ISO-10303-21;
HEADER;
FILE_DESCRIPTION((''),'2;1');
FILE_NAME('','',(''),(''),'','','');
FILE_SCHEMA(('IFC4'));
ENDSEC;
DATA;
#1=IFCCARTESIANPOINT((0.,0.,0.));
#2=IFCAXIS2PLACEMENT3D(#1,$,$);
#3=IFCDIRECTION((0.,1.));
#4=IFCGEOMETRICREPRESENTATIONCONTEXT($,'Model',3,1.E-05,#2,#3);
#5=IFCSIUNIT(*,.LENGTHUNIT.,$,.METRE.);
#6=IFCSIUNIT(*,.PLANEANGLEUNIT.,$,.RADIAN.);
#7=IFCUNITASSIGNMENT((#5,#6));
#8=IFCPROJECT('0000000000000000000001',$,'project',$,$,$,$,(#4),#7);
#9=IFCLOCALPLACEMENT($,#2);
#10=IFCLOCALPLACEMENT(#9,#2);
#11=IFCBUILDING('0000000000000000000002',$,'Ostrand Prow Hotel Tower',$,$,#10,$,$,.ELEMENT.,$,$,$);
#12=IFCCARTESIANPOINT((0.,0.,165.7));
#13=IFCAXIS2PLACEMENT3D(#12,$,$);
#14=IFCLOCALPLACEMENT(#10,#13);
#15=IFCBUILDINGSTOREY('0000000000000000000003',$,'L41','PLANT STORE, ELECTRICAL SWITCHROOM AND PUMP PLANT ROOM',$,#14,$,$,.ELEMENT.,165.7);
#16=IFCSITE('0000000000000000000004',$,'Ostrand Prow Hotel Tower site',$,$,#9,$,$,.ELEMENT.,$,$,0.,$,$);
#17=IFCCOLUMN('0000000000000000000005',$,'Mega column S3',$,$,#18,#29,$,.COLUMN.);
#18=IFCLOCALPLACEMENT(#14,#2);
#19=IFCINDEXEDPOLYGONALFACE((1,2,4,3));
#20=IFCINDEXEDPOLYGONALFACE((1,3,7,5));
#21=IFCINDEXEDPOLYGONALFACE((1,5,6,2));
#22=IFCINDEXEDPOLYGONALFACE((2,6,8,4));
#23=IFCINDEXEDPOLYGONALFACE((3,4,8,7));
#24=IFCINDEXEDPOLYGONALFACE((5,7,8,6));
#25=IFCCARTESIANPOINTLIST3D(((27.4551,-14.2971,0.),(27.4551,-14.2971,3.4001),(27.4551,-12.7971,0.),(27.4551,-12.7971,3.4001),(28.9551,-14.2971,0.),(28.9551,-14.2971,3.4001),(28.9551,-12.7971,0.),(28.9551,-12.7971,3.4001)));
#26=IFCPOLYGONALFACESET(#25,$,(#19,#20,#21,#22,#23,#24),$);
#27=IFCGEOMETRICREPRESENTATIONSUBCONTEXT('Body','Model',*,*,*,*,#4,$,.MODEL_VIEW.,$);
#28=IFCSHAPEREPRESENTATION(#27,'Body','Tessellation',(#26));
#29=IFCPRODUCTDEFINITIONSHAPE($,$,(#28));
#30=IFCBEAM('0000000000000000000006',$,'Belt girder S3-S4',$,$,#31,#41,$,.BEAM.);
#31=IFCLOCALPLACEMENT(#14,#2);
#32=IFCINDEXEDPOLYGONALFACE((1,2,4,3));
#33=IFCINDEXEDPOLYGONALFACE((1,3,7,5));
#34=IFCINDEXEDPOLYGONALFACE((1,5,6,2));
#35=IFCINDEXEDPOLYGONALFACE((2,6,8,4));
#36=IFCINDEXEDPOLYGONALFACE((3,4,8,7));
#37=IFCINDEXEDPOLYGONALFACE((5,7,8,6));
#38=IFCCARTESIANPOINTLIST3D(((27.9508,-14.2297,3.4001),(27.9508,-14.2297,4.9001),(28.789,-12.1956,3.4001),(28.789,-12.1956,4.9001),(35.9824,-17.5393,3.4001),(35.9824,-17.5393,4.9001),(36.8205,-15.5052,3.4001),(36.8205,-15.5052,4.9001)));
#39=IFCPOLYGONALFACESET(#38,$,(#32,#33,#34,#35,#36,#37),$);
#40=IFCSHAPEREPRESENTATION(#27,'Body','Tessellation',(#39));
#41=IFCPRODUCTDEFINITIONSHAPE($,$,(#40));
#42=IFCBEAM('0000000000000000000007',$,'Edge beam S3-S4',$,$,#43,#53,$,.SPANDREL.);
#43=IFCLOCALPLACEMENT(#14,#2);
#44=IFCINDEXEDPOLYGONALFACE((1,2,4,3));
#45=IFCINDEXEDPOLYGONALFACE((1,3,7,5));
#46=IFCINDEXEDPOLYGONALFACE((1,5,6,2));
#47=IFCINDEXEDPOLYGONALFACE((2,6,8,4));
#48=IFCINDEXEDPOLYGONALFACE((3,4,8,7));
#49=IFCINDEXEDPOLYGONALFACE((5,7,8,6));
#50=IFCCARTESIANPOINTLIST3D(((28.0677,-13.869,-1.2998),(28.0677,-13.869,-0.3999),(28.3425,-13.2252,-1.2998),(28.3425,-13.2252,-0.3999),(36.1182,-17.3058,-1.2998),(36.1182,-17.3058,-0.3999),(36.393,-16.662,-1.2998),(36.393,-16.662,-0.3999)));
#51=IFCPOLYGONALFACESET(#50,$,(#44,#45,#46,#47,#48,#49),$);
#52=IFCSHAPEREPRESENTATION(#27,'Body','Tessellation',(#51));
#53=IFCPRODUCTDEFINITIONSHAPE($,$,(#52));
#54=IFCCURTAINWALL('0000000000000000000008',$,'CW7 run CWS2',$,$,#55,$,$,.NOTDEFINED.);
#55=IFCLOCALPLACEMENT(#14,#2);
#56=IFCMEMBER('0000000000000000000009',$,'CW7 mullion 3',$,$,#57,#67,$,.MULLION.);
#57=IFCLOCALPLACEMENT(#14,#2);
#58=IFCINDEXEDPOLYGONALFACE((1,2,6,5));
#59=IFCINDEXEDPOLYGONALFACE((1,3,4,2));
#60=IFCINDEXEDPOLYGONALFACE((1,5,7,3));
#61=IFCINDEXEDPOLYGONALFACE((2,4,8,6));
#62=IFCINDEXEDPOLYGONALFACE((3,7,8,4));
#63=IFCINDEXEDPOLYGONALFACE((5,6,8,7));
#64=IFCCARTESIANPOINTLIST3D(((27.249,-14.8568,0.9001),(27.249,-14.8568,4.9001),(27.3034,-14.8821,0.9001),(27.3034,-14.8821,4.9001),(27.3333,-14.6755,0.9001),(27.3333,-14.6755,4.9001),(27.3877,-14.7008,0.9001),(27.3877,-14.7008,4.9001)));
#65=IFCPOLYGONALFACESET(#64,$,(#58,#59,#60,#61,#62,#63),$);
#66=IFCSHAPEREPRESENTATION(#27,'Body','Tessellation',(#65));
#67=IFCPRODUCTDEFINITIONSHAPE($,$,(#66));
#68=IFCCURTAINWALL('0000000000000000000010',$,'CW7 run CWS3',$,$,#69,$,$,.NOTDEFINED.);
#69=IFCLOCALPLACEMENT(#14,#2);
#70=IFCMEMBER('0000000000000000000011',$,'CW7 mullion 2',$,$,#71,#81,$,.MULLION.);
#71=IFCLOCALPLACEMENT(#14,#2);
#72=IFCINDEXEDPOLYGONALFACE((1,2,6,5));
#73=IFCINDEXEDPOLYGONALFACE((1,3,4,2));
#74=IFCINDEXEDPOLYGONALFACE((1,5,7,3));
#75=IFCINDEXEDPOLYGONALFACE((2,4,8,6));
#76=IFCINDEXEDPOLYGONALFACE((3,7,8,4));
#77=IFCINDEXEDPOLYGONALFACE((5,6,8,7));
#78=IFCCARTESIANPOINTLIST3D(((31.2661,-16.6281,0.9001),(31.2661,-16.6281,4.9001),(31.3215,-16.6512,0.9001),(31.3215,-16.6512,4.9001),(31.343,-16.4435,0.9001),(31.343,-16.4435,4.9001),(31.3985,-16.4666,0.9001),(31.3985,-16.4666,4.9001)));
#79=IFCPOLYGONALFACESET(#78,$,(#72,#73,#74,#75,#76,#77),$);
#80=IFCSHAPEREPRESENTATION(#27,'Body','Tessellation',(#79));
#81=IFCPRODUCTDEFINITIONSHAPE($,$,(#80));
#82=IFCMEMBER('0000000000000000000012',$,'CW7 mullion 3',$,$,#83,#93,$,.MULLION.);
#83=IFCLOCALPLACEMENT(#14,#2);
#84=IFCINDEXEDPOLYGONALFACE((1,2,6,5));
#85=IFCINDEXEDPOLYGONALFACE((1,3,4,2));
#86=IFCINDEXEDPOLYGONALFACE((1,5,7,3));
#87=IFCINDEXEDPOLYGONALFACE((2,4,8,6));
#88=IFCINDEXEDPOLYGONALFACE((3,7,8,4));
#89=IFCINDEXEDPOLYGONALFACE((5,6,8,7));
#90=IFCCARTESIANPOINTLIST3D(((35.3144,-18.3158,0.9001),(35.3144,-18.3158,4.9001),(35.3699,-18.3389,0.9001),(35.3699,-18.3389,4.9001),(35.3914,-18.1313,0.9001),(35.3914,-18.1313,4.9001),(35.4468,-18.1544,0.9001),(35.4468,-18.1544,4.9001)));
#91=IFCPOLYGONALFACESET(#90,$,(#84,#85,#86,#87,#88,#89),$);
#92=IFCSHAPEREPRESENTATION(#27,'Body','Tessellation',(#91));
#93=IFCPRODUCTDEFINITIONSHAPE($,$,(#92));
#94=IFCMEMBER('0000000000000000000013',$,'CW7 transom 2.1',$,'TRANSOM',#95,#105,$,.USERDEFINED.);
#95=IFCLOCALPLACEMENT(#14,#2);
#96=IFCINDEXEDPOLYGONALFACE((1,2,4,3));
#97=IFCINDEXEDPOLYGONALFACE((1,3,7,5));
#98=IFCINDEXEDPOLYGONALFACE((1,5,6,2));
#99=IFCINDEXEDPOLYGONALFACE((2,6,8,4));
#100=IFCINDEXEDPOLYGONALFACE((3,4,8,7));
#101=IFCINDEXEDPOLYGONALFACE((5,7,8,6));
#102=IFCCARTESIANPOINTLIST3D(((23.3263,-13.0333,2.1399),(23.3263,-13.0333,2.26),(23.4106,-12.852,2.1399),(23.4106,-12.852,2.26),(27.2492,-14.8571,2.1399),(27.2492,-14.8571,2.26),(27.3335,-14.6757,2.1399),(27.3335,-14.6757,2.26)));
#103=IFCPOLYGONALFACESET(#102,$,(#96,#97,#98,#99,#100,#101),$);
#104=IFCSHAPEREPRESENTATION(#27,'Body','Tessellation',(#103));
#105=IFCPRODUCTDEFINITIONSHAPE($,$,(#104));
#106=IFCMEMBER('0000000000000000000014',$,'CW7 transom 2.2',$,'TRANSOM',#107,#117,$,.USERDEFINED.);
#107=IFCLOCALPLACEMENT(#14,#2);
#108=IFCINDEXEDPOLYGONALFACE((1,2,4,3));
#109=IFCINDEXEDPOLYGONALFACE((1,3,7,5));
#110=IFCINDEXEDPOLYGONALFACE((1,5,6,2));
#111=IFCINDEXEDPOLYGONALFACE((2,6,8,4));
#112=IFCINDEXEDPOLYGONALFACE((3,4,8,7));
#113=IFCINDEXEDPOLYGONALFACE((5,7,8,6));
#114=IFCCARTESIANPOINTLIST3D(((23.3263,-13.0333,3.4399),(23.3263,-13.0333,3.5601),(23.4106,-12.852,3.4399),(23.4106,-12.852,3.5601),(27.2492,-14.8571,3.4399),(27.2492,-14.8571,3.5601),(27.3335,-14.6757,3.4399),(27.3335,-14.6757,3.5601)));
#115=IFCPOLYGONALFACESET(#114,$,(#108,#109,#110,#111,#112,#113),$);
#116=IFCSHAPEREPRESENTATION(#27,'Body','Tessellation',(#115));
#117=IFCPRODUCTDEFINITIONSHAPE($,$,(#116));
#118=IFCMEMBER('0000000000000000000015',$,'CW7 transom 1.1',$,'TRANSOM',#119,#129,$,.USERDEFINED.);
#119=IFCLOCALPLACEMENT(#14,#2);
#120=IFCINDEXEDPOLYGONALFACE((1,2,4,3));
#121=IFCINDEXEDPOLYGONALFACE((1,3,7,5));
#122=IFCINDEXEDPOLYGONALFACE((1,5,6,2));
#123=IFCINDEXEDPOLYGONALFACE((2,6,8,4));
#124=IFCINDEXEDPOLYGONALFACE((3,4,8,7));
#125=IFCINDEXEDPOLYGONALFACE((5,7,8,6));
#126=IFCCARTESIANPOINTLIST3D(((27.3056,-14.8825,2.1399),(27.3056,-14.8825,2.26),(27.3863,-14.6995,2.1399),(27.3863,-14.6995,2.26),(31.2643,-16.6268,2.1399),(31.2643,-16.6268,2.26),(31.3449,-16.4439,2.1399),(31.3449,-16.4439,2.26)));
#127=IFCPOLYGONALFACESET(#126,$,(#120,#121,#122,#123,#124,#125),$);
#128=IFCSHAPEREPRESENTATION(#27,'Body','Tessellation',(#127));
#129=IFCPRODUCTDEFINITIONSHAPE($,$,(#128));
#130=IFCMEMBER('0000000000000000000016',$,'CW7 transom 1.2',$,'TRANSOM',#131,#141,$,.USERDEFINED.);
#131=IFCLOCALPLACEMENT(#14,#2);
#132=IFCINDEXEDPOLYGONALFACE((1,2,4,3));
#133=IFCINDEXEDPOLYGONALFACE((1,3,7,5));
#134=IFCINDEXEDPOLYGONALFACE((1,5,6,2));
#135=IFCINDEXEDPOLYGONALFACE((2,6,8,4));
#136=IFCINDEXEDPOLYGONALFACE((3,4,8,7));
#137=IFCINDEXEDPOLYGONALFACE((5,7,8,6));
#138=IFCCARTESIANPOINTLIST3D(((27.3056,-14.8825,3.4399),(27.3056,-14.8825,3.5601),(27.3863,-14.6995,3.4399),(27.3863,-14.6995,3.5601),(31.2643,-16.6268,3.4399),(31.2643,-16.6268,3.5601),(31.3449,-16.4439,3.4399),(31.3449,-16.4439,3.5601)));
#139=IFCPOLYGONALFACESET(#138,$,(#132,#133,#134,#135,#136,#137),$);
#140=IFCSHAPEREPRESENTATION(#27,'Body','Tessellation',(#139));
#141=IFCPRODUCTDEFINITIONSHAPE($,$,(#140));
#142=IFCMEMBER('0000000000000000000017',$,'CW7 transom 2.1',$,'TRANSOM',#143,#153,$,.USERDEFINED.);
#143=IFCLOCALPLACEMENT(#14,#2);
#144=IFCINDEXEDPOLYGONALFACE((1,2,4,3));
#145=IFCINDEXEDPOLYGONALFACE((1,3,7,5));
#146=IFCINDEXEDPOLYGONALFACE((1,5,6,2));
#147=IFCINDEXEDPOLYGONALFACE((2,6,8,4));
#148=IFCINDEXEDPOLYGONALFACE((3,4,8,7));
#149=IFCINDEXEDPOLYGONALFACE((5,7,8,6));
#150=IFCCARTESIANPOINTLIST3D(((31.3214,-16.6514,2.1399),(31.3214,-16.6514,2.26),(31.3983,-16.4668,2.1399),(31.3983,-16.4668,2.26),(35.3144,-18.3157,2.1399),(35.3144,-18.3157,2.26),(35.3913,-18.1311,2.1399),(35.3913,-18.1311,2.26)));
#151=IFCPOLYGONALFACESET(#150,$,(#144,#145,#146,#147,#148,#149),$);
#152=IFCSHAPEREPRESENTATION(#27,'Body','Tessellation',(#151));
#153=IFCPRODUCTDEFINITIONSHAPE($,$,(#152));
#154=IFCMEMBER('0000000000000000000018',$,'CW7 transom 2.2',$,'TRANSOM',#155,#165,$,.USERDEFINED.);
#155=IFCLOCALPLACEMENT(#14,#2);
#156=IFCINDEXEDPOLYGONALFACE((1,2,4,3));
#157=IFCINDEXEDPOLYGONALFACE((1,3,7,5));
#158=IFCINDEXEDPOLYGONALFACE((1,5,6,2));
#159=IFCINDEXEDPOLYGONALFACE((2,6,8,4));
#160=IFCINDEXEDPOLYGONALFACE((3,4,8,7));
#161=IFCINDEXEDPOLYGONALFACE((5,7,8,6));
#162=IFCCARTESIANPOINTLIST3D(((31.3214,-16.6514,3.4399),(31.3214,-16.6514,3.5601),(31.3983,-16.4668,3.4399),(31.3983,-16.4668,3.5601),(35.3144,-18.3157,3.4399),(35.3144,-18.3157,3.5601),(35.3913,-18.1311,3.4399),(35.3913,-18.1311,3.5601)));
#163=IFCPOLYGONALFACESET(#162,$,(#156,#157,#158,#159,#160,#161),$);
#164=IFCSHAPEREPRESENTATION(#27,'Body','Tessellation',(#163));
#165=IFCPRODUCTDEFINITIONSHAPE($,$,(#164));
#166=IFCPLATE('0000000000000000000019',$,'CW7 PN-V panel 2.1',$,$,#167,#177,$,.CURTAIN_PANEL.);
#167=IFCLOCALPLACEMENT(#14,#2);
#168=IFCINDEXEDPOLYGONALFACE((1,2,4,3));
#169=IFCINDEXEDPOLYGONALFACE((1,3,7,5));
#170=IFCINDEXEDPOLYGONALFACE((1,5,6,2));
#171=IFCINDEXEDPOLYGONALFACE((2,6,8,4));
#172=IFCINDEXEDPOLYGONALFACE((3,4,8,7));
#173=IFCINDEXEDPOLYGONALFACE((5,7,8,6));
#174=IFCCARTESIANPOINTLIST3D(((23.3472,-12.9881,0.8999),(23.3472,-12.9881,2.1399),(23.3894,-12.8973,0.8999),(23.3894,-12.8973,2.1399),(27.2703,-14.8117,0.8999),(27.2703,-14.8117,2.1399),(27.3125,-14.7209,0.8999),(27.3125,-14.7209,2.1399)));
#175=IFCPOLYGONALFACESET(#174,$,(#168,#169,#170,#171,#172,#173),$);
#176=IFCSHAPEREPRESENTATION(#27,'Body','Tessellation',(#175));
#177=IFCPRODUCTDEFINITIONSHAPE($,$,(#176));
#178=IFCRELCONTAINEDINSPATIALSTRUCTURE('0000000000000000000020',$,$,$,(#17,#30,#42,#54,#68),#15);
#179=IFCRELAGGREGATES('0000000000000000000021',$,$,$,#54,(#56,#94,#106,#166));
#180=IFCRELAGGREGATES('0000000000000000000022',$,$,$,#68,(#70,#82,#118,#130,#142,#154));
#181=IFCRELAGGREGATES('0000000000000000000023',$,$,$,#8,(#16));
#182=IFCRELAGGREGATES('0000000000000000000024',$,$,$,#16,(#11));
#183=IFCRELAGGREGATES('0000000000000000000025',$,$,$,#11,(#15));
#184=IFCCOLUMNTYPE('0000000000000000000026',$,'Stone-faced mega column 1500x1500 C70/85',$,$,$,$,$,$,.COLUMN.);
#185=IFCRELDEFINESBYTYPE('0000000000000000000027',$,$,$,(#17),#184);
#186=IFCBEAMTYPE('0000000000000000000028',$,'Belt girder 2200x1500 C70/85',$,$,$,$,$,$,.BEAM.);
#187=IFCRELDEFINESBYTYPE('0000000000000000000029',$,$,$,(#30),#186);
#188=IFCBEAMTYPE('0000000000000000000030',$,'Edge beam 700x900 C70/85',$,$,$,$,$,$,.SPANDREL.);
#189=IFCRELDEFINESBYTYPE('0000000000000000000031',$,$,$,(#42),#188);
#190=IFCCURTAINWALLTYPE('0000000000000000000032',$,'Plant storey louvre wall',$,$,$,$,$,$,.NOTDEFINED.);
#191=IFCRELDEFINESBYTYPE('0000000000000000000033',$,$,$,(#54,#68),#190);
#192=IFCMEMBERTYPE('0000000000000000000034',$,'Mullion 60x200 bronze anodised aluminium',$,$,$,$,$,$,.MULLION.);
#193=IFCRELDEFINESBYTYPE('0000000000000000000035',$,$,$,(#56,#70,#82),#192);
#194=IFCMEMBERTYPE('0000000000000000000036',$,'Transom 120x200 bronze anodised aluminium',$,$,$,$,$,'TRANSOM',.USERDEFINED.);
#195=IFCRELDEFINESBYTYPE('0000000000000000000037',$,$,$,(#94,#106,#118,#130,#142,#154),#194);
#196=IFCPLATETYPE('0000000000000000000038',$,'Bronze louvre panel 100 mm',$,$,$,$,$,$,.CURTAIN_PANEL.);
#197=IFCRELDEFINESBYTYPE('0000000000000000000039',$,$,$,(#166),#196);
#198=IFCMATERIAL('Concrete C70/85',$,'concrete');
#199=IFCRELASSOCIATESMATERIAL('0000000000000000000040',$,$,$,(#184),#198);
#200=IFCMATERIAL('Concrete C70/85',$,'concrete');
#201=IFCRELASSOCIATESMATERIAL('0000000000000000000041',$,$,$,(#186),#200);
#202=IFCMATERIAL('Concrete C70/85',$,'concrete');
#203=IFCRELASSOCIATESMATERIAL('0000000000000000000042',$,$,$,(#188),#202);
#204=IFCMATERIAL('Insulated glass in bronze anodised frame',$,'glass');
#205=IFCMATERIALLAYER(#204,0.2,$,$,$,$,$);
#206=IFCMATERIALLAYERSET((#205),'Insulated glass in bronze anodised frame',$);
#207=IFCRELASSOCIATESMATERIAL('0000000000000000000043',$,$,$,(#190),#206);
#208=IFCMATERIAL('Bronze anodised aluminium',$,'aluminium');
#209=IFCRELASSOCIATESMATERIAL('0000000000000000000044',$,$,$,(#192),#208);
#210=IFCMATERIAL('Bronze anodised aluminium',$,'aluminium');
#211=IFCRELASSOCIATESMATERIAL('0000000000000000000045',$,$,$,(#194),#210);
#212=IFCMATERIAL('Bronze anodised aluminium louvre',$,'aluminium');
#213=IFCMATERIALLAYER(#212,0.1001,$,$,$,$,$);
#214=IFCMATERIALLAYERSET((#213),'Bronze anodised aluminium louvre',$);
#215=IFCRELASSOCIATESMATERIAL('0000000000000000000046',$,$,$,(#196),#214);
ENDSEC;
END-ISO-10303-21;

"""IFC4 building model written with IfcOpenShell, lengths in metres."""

from ifc_helpers import new_model, si_unit, direction, frame, origin, origin_2d, place, context, subcontext, project, spatial, rectangle, extrude, material, layer, layer_set, material_profile, profile_set, type_object, element, aggregate, save


model = new_model("IFC4")

# Units and contexts
model_context = context("Model", 3, precision=1e-05, world=origin(), true_north=direction((0.0, 1.0)))
body_context = subcontext(model_context, "Body", "Model", "MODEL_VIEW")
ifc_project = project(units=[si_unit("LENGTHUNIT", "METRE"), si_unit("PLANEANGLEUNIT", "RADIAN")], contexts=[model_context])

# Site, building, storey
site_placement = place(None, origin())
site = spatial("IfcSite", under=ifc_project, at=site_placement, Name="Ostrand Prow Hotel Tower site", CompositionType="ELEMENT", RefElevation=0.0)
building_placement = place(site_placement, origin())
building = spatial("IfcBuilding", under=site, at=building_placement, Name="Ostrand Prow Hotel Tower", CompositionType="ELEMENT")
storey_placement = place(building_placement, frame((0.0, 0.0, 165.7)))
storey = spatial("IfcBuildingStorey", under=building, at=storey_placement, Name="L41", Description="PLANT STORE, ELECTRICAL SWITCHROOM AND PUMP PLANT ROOM", CompositionType="ELEMENT", Elevation=165.7)

# Column
ifc_material_1 = material(Name="Concrete C70/85", Category="concrete")
ifc_material_profile_1 = material_profile(ifc_material_1, rectangle(XDim=1.5, YDim=1.5, at=origin_2d()), Name="RC 1500x1500")
ifc_profile_set_1 = profile_set([ifc_material_profile_1], Name="Concrete C70/85")
column_type = type_object("IfcColumnType", Name="Stone-faced mega column 1500x1500 C70/85", PredefinedType="COLUMN", material=ifc_profile_set_1)
column_placement = place(storey_placement, frame((28.2051, -13.5471, 0.0), z_axis=(0.0, 0.0, 1.0), x_axis=(1.0, 0.0, 0.0)))
element("IfcColumn", 1, at=column_placement, inside=storey, type_object=column_type, Name="Mega column S3", PredefinedType="COLUMN", context=body_context, shape_type="SweptSolid", body=[
    extrude(rectangle(XDim=1.5, YDim=1.5, at=origin_2d()), origin(), (0.0, 0.0, 1.0), 3.4001),
])

# Beams
ifc_material_2 = material(Name="Concrete C70/85", Category="concrete")
ifc_material_profile_2 = material_profile(ifc_material_2, rectangle(XDim=2.2, YDim=1.5, at=origin_2d()), Name="RC 2200x1500")
ifc_profile_set_2 = profile_set([ifc_material_profile_2], Name="Concrete C70/85")
beam_type_1 = type_object("IfcBeamType", Name="Belt girder 2200x1500 C70/85", PredefinedType="BEAM", material=ifc_profile_set_2)
beam_1_placement = place(storey_placement, frame((28.3699, -13.2126, 4.1501), z_axis=(0.924577, -0.380994, 0.0), x_axis=(0.380994, 0.924577, 0.0)))
element("IfcBeam", 2, at=beam_1_placement, inside=storey, type_object=beam_type_1, Name="Belt girder S3-S4", PredefinedType="BEAM", context=body_context, shape_type="SweptSolid", body=[
    extrude(rectangle(XDim=2.2, YDim=1.5, at=origin_2d()), origin(), (0.0, 0.0, 1.0), 8.6868),
])
ifc_material_3 = material(Name="Concrete C70/85", Category="concrete")
ifc_material_profile_3 = material_profile(ifc_material_3, rectangle(XDim=0.7, YDim=0.8999, at=origin_2d()), Name="RC 700x900")
ifc_profile_set_3 = profile_set([ifc_material_profile_3], Name="Concrete C70/85")
beam_type_2 = type_object("IfcBeamType", Name="Edge beam 700x900 C70/85", PredefinedType="SPANDREL", material=ifc_profile_set_3)
beam_2_placement = place(storey_placement, frame((28.2051, -13.5471, -0.8499), z_axis=(0.919701, -0.39262, 0.0), x_axis=(0.39262, 0.919701, 0.0)))
element("IfcBeam", 3, at=beam_2_placement, inside=storey, type_object=beam_type_2, Name="Edge beam S3-S4", PredefinedType="SPANDREL", context=body_context, shape_type="SweptSolid", body=[
    extrude(rectangle(XDim=0.7, YDim=0.8999, at=origin_2d()), origin(), (0.0, 0.0, 1.0), 8.7534),
])

# Curtain wall, member
ifc_material_4 = material(Name="Insulated glass in bronze anodised frame", Category="glass")
ifc_layer_1 = layer(ifc_material_4, 0.2)
ifc_layer_set_1 = layer_set([ifc_layer_1], Name="Insulated glass in bronze anodised frame")
curtain_wall_type = type_object("IfcCurtainWallType", Name="Plant storey louvre wall", PredefinedType="NOTDEFINED", material=ifc_layer_set_1)
curtain_wall_1_placement = place(storey_placement, origin())
curtain_wall_1 = element("IfcCurtainWall", 4, at=curtain_wall_1_placement, inside=storey, type_object=curtain_wall_type, Name="CW7 run CWS2", PredefinedType="NOTDEFINED")
ifc_material_5 = material(Name="Bronze anodised aluminium", Category="aluminium")
ifc_material_profile_4 = material_profile(ifc_material_5, rectangle(XDim=0.2, YDim=0.0601, at=origin_2d()), Name="Mullion 60x200 bronze anodised aluminium")
ifc_profile_set_4 = profile_set([ifc_material_profile_4], Name="Bronze anodised aluminium")
member_type_1 = type_object("IfcMemberType", Name="Mullion 60x200 bronze anodised aluminium", PredefinedType="MULLION", material=ifc_profile_set_4)
member_1_placement = place(storey_placement, frame((27.3184, -14.7788, 0.9001), z_axis=(0.0, 0.0, 1.0), x_axis=(0.421522, 0.906818, 0.0)))
member_1 = element("IfcMember", 5, at=member_1_placement, type_object=member_type_1, Name="CW7 mullion 3", PredefinedType="MULLION", context=body_context, shape_type="SweptSolid", body=[
    extrude(rectangle(XDim=0.2, YDim=0.0601, at=origin_2d()), origin(), (0.0, 0.0, 1.0), 4.0),
])

# Curtain wall, members
curtain_wall_2_placement = place(storey_placement, origin())
curtain_wall_2 = element("IfcCurtainWall", 6, at=curtain_wall_2_placement, inside=storey, type_object=curtain_wall_type, Name="CW7 run CWS3", PredefinedType="NOTDEFINED")
member_2_placement = place(storey_placement, frame((31.3323, -16.5474, 0.9001), z_axis=(0.0, 0.0, 1.0), x_axis=(0.384743, 0.923024, 0.0)))
member_2 = element("IfcMember", 7, at=member_2_placement, type_object=member_type_1, Name="CW7 mullion 2", PredefinedType="MULLION", context=body_context, shape_type="SweptSolid", body=[
    extrude(rectangle(XDim=0.2, YDim=0.0601, at=origin_2d()), origin(), (0.0, 0.0, 1.0), 4.0),
])
member_3_placement = place(storey_placement, frame((35.3806, -18.2351, 0.9001), z_axis=(0.0, 0.0, 1.0), x_axis=(0.384743, 0.923024, 0.0)))
member_3 = element("IfcMember", 8, at=member_3_placement, type_object=member_type_1, Name="CW7 mullion 3", PredefinedType="MULLION", context=body_context, shape_type="SweptSolid", body=[
    extrude(rectangle(XDim=0.2, YDim=0.0601, at=origin_2d()), origin(), (0.0, 0.0, 1.0), 4.0),
])

# Members
ifc_material_6 = material(Name="Bronze anodised aluminium", Category="aluminium")
ifc_material_profile_5 = material_profile(ifc_material_6, rectangle(XDim=0.2, YDim=0.1201, at=origin_2d()), Name="Transom 120x200 bronze anodised aluminium")
ifc_profile_set_5 = profile_set([ifc_material_profile_5], Name="Bronze anodised aluminium")
member_type_2 = type_object("IfcMemberType", Name="Transom 120x200 bronze anodised aluminium", ElementType="TRANSOM", PredefinedType="USERDEFINED", material=ifc_profile_set_5)
member_4_placement = place(storey_placement, frame((23.3684, -12.9426, 2.2), z_axis=(0.906796, -0.421569, 0.0), x_axis=(0.421569, 0.906796, 0.0)))
member_4 = element("IfcMember", 9, at=member_4_placement, type_object=member_type_2, Name="CW7 transom 2.1", ObjectType="TRANSOM", PredefinedType="USERDEFINED", context=body_context, shape_type="SweptSolid", body=[
    extrude(rectangle(XDim=0.2, YDim=0.1201, at=origin_2d()), origin(), (0.0, 0.0, 1.0), 4.3262),
])
member_5_placement = place(storey_placement, frame((23.3684, -12.9426, 3.5), z_axis=(0.906796, -0.421569, 0.0), x_axis=(0.421569, 0.906796, 0.0)))
member_5 = element("IfcMember", 10, at=member_5_placement, type_object=member_type_2, Name="CW7 transom 2.2", ObjectType="TRANSOM", PredefinedType="USERDEFINED", context=body_context, shape_type="SweptSolid", body=[
    extrude(rectangle(XDim=0.2, YDim=0.1201, at=origin_2d()), origin(), (0.0, 0.0, 1.0), 4.3262),
])
member_6_placement = place(storey_placement, frame((27.3459, -14.791, 2.2), z_axis=(0.915099, -0.40323, 0.0), x_axis=(0.40323, 0.915099, 0.0)))
member_6 = element("IfcMember", 11, at=member_6_placement, type_object=member_type_2, Name="CW7 transom 1.1", ObjectType="TRANSOM", PredefinedType="USERDEFINED", context=body_context, shape_type="SweptSolid", body=[
    extrude(rectangle(XDim=0.2, YDim=0.1201, at=origin_2d()), origin(), (0.0, 0.0, 1.0), 4.3259),
])
member_7_placement = place(storey_placement, frame((27.3459, -14.791, 3.5), z_axis=(0.915099, -0.40323, 0.0), x_axis=(0.40323, 0.915099, 0.0)))
member_7 = element("IfcMember", 12, at=member_7_placement, type_object=member_type_2, Name="CW7 transom 1.2", ObjectType="TRANSOM", PredefinedType="USERDEFINED", context=body_context, shape_type="SweptSolid", body=[
    extrude(rectangle(XDim=0.2, YDim=0.1201, at=origin_2d()), origin(), (0.0, 0.0, 1.0), 4.3259),
])
member_8_placement = place(storey_placement, frame((31.3599, -16.5591, 2.2), z_axis=(0.923028, -0.384732, 0.0), x_axis=(0.384732, 0.923028, 0.0)))
member_8 = element("IfcMember", 13, at=member_8_placement, type_object=member_type_2, Name="CW7 transom 2.1", ObjectType="TRANSOM", PredefinedType="USERDEFINED", context=body_context, shape_type="SweptSolid", body=[
    extrude(rectangle(XDim=0.2, YDim=0.1201, at=origin_2d()), origin(), (0.0, 0.0, 1.0), 4.3259),
])
member_9_placement = place(storey_placement, frame((31.3599, -16.5591, 3.5), z_axis=(0.923028, -0.384732, 0.0), x_axis=(0.384732, 0.923028, 0.0)))
member_9 = element("IfcMember", 14, at=member_9_placement, type_object=member_type_2, Name="CW7 transom 2.2", ObjectType="TRANSOM", PredefinedType="USERDEFINED", context=body_context, shape_type="SweptSolid", body=[
    extrude(rectangle(XDim=0.2, YDim=0.1201, at=origin_2d()), origin(), (0.0, 0.0, 1.0), 4.3259),
])

# Plate
ifc_material_7 = material(Name="Bronze anodised aluminium louvre", Category="aluminium")
ifc_layer_2 = layer(ifc_material_7, 0.1001)
ifc_layer_set_2 = layer_set([ifc_layer_2], Name="Bronze anodised aluminium louvre")
plate_type = type_object("IfcPlateType", Name="Bronze louvre panel 100 mm", PredefinedType="CURTAIN_PANEL", material=ifc_layer_set_2)
plate_1_placement = place(storey_placement, frame((25.3298, -13.8545, 0.8999), z_axis=(0.0, 0.0, 1.0), x_axis=(0.906818, -0.421522, 0.0)))
plate_1 = element("IfcPlate", 15, at=plate_1_placement, type_object=plate_type, Name="CW7 PN-V panel 2.1", PredefinedType="CURTAIN_PANEL", context=body_context, shape_type="SweptSolid", body=[
    extrude(rectangle(XDim=4.3262, YDim=0.1001, at=origin_2d()), origin(), (0.0, 0.0, 1.0), 1.24),
])
aggregate(curtain_wall_1, [member_1, member_4, member_5, plate_1])
aggregate(curtain_wall_2, [member_2, member_3, member_6, member_7, member_8, member_9])

save(model, "model.ifc")
